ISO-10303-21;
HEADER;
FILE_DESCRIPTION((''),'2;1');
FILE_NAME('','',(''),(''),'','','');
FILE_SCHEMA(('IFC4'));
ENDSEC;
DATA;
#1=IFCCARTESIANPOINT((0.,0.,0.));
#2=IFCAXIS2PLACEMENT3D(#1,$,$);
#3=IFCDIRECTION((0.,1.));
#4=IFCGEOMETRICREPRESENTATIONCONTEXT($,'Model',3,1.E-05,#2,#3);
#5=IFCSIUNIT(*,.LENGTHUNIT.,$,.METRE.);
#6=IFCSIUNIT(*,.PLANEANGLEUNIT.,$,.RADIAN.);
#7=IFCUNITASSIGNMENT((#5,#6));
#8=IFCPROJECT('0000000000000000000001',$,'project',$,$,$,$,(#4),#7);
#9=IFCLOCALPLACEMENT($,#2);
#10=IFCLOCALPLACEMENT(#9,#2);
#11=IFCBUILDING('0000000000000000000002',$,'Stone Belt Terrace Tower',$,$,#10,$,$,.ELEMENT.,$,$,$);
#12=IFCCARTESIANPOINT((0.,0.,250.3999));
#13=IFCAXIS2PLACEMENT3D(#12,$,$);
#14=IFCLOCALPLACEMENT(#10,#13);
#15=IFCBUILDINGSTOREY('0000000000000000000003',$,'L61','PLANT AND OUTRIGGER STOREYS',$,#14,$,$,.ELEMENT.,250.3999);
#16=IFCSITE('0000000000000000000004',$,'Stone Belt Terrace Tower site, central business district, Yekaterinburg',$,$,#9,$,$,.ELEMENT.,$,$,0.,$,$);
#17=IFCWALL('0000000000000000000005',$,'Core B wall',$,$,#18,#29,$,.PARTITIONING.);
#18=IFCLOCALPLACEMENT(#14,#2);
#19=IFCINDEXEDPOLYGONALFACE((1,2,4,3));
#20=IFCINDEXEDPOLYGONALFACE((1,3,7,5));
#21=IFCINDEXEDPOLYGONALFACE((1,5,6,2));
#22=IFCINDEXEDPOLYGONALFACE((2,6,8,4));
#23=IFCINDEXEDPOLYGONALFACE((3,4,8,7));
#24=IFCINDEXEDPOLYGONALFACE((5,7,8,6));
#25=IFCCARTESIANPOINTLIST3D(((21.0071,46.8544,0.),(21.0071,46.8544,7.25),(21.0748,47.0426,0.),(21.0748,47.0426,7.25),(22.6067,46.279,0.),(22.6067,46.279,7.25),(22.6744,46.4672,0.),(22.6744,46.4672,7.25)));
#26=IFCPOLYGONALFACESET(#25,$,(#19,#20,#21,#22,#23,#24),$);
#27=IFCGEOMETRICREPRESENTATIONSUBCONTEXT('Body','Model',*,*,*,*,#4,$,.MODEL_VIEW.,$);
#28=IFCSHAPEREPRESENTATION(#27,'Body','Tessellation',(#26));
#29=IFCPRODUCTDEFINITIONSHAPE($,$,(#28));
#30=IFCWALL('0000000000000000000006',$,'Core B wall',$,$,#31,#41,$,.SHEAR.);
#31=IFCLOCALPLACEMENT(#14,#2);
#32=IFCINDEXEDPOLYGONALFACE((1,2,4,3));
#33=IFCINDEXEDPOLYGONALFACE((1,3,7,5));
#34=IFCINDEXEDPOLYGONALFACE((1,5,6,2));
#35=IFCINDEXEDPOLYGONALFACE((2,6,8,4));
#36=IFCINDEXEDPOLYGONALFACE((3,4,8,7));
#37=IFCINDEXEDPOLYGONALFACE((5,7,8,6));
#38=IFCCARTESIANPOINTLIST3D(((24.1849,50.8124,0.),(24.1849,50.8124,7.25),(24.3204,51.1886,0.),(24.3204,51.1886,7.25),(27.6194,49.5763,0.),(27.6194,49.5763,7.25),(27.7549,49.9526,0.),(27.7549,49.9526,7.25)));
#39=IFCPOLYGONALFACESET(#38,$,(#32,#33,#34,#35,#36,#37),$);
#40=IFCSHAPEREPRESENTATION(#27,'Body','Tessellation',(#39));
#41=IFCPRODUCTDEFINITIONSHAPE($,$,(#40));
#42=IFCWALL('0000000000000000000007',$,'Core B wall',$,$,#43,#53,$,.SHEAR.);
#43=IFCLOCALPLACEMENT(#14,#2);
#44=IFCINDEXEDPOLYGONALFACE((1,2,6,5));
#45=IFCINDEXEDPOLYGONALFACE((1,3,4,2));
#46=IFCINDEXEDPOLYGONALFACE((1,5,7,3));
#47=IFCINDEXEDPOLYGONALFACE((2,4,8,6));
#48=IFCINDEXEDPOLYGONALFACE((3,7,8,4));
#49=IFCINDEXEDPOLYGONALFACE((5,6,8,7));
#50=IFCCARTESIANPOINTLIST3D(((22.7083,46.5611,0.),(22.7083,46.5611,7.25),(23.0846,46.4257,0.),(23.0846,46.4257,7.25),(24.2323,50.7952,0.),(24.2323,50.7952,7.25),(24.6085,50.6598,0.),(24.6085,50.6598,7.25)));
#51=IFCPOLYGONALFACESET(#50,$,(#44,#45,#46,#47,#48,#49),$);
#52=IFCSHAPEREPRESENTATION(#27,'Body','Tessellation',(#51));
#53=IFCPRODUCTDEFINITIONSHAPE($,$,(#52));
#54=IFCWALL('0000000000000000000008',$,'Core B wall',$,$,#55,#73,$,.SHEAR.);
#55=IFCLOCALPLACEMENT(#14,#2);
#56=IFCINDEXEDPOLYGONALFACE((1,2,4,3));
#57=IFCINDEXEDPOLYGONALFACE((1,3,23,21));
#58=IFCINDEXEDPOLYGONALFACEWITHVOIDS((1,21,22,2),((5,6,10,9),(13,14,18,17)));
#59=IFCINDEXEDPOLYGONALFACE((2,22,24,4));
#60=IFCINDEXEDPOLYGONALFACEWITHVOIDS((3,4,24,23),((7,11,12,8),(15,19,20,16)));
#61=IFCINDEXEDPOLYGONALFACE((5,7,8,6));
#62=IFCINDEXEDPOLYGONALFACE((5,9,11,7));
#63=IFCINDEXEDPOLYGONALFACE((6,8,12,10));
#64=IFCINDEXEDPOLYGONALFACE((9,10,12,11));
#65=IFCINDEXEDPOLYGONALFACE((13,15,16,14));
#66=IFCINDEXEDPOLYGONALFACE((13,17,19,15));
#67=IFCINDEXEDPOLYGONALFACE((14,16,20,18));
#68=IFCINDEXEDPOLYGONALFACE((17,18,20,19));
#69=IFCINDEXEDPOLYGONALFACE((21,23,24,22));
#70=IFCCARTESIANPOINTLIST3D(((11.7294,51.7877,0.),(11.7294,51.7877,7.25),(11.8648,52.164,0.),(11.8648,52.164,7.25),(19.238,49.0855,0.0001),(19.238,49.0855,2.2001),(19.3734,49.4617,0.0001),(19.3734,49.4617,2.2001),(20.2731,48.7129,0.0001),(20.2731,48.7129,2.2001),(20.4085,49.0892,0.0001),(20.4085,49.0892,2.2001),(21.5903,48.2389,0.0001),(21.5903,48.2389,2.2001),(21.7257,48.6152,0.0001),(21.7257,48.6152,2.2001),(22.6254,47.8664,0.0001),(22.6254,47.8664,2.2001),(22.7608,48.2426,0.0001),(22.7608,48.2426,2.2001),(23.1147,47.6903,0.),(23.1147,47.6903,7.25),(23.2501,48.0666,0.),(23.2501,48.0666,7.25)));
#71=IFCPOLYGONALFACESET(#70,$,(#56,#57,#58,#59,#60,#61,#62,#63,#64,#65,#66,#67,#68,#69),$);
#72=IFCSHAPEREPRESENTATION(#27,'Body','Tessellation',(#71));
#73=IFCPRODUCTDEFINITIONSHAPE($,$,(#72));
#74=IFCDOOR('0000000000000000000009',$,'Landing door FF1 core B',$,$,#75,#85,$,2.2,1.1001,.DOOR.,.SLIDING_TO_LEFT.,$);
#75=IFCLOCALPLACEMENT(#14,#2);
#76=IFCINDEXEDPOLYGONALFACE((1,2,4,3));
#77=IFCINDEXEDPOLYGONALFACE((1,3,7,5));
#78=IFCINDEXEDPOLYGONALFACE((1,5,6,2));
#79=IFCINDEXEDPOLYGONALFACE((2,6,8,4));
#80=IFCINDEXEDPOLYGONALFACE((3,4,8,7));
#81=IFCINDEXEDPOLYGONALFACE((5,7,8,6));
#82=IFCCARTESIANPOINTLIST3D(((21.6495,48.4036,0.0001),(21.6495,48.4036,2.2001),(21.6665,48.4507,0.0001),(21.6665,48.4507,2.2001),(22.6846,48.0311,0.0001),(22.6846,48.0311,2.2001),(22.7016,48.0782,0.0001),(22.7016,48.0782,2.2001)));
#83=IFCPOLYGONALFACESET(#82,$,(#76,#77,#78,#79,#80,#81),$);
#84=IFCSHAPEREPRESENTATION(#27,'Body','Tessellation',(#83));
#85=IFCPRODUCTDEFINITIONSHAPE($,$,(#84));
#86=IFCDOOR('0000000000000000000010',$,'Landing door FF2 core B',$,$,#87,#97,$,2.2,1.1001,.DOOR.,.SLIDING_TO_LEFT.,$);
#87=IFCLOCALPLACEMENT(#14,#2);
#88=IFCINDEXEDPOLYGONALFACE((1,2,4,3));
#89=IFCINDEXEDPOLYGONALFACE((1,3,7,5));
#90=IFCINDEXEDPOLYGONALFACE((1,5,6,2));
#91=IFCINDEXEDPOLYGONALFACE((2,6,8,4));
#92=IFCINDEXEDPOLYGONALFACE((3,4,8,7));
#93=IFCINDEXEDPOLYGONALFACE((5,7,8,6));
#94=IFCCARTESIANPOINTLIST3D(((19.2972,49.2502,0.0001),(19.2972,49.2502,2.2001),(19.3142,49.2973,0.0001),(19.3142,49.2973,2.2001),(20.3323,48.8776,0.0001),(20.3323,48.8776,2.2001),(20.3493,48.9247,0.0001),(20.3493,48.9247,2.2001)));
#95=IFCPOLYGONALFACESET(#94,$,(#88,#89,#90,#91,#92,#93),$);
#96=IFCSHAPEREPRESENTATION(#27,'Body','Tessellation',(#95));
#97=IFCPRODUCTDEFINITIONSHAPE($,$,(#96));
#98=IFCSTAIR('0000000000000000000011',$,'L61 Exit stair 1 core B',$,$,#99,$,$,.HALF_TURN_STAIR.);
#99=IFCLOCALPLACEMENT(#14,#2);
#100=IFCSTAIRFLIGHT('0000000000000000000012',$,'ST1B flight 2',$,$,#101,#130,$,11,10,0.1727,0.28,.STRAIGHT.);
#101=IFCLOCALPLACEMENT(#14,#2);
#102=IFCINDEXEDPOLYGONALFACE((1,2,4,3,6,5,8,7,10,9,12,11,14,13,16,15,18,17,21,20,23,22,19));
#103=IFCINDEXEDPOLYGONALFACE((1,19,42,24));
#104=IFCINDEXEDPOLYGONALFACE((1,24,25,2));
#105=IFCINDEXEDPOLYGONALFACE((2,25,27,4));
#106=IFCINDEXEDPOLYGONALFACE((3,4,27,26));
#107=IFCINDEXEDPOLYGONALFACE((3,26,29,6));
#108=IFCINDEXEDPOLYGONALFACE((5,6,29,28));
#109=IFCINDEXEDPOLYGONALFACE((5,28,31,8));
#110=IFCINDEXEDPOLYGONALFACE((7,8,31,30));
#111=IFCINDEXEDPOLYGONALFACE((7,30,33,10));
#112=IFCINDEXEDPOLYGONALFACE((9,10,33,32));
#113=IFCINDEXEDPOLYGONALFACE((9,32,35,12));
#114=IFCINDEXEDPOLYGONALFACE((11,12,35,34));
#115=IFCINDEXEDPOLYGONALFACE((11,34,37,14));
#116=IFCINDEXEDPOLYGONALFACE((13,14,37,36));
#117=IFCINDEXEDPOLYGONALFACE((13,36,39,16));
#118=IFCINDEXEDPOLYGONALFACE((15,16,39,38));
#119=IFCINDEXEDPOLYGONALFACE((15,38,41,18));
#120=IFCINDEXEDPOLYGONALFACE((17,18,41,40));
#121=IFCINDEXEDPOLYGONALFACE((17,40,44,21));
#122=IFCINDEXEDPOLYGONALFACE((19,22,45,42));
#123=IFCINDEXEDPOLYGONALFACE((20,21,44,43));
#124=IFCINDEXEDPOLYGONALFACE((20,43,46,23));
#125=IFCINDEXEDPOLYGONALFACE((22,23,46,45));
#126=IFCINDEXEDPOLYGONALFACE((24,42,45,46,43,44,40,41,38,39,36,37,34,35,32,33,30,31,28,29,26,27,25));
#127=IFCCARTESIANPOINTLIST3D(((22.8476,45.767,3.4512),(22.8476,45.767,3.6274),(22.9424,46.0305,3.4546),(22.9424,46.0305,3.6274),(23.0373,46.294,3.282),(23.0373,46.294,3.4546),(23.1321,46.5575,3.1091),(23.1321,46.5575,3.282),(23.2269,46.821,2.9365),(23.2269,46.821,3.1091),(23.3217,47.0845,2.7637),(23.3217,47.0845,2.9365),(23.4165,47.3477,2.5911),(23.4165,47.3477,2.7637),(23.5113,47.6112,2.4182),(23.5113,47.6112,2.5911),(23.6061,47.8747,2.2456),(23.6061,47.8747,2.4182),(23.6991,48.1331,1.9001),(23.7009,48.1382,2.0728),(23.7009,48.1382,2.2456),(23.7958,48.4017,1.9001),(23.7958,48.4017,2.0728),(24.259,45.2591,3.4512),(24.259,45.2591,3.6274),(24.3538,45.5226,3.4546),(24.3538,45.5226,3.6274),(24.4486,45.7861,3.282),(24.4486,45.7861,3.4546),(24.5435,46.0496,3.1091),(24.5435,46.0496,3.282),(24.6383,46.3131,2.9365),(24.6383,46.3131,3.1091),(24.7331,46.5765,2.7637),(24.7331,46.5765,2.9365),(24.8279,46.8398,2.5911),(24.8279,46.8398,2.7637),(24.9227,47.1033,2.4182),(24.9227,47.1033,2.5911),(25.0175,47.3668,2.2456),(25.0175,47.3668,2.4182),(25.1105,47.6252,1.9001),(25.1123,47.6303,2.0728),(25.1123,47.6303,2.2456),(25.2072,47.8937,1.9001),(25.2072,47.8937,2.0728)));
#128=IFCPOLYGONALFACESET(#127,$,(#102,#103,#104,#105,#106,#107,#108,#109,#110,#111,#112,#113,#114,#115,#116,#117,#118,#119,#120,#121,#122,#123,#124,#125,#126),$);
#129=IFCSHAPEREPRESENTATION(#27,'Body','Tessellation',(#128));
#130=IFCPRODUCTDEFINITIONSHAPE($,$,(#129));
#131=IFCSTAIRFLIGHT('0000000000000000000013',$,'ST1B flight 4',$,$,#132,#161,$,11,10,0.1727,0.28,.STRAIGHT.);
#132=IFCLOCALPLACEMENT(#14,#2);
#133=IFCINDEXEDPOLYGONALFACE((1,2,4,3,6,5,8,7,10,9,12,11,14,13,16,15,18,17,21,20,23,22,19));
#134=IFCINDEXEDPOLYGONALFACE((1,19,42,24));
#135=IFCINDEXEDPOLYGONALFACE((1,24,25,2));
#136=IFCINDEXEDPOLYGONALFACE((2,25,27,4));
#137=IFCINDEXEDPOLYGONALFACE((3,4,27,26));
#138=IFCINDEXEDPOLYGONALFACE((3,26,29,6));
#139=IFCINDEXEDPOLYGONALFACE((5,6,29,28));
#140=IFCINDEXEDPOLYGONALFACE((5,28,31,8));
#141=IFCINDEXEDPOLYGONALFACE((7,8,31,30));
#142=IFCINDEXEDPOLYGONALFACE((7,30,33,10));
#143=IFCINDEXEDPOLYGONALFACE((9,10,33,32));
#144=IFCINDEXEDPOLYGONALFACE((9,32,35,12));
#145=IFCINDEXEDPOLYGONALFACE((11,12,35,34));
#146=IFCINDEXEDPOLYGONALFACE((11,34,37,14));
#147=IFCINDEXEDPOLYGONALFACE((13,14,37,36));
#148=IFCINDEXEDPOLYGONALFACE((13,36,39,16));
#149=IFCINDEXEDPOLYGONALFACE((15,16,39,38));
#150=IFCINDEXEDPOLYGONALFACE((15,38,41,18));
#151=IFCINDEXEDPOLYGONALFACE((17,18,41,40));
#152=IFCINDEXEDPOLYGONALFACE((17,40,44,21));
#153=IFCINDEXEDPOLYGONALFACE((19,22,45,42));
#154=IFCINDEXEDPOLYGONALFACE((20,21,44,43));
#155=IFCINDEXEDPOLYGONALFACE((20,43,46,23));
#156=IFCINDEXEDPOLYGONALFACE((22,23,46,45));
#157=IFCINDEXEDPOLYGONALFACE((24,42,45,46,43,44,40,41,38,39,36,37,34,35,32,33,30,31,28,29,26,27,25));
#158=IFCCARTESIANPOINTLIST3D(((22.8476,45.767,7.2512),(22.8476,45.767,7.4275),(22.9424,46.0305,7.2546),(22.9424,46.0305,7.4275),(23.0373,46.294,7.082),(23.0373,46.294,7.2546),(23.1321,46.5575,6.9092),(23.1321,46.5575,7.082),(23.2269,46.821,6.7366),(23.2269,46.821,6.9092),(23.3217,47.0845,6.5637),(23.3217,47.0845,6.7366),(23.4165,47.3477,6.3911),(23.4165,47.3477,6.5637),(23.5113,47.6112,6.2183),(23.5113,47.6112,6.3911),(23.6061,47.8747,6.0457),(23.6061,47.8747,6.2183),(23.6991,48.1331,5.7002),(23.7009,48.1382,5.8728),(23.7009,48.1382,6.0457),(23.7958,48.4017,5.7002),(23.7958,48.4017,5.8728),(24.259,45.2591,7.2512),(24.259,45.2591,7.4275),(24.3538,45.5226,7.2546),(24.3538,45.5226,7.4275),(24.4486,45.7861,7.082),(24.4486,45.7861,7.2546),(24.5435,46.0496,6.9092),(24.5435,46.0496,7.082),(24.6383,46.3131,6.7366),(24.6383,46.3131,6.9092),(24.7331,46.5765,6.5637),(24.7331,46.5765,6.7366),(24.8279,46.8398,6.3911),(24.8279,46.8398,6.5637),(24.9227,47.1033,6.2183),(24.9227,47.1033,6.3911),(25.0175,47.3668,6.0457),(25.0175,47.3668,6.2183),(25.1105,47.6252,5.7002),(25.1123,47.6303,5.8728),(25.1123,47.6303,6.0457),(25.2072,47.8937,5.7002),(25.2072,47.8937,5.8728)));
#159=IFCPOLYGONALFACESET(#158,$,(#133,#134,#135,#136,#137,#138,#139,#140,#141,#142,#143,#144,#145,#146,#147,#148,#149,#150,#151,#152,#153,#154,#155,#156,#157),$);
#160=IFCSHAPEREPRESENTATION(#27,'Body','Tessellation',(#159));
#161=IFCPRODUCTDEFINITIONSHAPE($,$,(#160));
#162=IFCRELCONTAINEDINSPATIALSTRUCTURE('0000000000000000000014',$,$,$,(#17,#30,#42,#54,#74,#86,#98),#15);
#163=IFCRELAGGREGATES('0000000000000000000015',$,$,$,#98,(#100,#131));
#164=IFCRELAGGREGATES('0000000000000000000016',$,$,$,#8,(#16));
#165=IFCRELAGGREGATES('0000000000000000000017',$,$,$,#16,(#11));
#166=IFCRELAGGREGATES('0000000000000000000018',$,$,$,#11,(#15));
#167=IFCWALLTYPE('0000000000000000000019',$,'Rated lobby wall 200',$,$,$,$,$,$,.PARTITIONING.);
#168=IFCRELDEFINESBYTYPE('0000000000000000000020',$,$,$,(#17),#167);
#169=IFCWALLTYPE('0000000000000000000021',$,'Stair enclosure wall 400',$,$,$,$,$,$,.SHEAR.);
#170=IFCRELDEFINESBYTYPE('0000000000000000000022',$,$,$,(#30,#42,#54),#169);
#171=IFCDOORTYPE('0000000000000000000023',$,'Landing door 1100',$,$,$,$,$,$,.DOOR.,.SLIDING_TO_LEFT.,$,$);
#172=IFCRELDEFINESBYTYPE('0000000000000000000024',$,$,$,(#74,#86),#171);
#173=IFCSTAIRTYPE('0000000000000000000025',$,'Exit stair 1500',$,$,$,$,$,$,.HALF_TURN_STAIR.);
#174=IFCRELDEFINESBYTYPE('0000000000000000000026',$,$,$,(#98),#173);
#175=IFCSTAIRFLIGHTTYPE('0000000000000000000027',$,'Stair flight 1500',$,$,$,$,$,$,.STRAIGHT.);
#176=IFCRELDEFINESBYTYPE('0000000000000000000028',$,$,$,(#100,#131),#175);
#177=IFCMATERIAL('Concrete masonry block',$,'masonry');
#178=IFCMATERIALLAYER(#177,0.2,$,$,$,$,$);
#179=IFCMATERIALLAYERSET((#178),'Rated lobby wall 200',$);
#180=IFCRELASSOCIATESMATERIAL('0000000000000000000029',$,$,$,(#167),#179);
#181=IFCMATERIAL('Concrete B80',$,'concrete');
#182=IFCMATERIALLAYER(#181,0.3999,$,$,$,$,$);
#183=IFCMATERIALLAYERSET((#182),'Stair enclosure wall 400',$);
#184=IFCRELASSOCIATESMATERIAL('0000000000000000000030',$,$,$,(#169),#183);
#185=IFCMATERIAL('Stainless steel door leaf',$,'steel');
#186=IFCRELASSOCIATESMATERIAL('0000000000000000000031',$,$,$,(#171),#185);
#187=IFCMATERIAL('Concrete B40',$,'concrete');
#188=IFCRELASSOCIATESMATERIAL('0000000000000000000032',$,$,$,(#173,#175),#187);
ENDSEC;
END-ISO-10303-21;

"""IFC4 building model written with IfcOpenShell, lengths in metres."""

from ifc_helpers import new_model, si_unit, direction, frame, frame_2d, origin, place, context, subcontext, project, spatial, polyline, rectangle, outline, extrude, material, layer, layer_set, type_object, element, fill, aggregate, save


model = new_model("IFC4")

# Units and contexts
model_context = context("Model", 3, precision=1e-05, world=origin(), true_north=direction((0.0, 1.0)))
body_context = subcontext(model_context, "Body", "Model", "MODEL_VIEW")
ifc_project = project(units=[si_unit("LENGTHUNIT", "METRE"), si_unit("PLANEANGLEUNIT", "RADIAN")], contexts=[model_context])

# Site, building, storey
site_placement = place(None, origin())
site = spatial("IfcSite", under=ifc_project, at=site_placement, Name="Stone Belt Terrace Tower site, central business district, Yekaterinburg", CompositionType="ELEMENT", RefElevation=0.0)
building_placement = place(site_placement, origin())
building = spatial("IfcBuilding", under=site, at=building_placement, Name="Stone Belt Terrace Tower", CompositionType="ELEMENT")
storey_placement = place(building_placement, frame((0.0, 0.0, 250.3999)))
storey = spatial("IfcBuildingStorey", under=building, at=storey_placement, Name="L61", Description="PLANT AND OUTRIGGER STOREYS", CompositionType="ELEMENT", Elevation=250.3999)

# Shared definitions
ifc_material_1 = material(Name="Concrete B80", Category="concrete")

# Shared definitions
ifc_material_2 = material(Name="Stainless steel door leaf", Category="steel")

# Walls
ifc_material_3 = material(Name="Concrete masonry block", Category="masonry")
ifc_layer_1 = layer(ifc_material_3, 0.2)
ifc_layer_set_1 = layer_set([ifc_layer_1], Name="Rated lobby wall 200")
wall_type_1 = type_object("IfcWallType", Name="Rated lobby wall 200", PredefinedType="PARTITIONING", material=ifc_layer_set_1)
wall_1_placement = place(storey_placement, frame((22.6406, 46.373, 0.0), z_axis=(0.0, 0.0, 1.0), x_axis=(-0.940966, 0.338501, 0.0)))
element("IfcWall", 1, at=wall_1_placement, inside=storey, type_object=wall_type_1, Name="Core B wall", PredefinedType="PARTITIONING", context=body_context, shape_type="SweptSolid", body=[
    extrude(rectangle(XDim=1.7, YDim=0.2, at=frame_2d((0.8501, 0.0))), origin(), (0.0, 0.0, 1.0), 7.25),
])
ifc_layer_2 = layer(ifc_material_1, 0.3999)
ifc_layer_set_2 = layer_set([ifc_layer_2], Name="Stair enclosure wall 400")
wall_type_2 = type_object("IfcWallType", Name="Stair enclosure wall 400", PredefinedType="SHEAR", material=ifc_layer_set_2)
wall_2_placement = place(storey_placement, frame((27.6873, 49.7644, 0.0), z_axis=(0.0, 0.0, 1.0), x_axis=(-0.940919, 0.338632, 0.0)))
element("IfcWall", 2, at=wall_2_placement, inside=storey, type_object=wall_type_2, Name="Core B wall", PredefinedType="SHEAR", context=body_context, shape_type="SweptSolid", body=[
    extrude(rectangle(XDim=3.6501, YDim=0.3999, at=frame_2d((1.8252, 0.0))), origin(), (0.0, 0.0, 1.0), 7.25),
])
wall_3_placement = place(storey_placement, frame((22.8965, 46.4934, 0.0), z_axis=(0.0, 0.0, 1.0), x_axis=(0.338648, 0.940913, 0.0)))
element("IfcWall", 3, at=wall_3_placement, inside=storey, type_object=wall_type_2, Name="Core B wall", PredefinedType="SHEAR", context=body_context, shape_type="SweptSolid", body=[
    extrude(rectangle(XDim=4.5, YDim=0.3999, at=frame_2d((2.25, 0.0))), origin(), (0.0, 0.0, 1.0), 7.25),
])

# Wall, openings, doors
wall_4_placement = place(storey_placement, frame((23.1824, 47.8784, 0.0), z_axis=(0.0, 0.0, 1.0), x_axis=(-0.940921, 0.338626, 0.0)))
wall_4 = element("IfcWall", 4, at=wall_4_placement, inside=storey, type_object=wall_type_2, Name="Core B wall", PredefinedType="SHEAR", context=body_context, shape_type="SweptSolid", body=[
    extrude(rectangle(XDim=12.1001, YDim=0.3999, at=frame_2d((6.05, 0.0))), origin(), (0.0, 0.0, 1.0), 7.25),
])
opening_1_placement = place(wall_4_placement, frame((0.52, 0.0, 0.0)))
opening_1 = element("IfcOpeningElement", 5, at=opening_1_placement, cuts=wall_4, PredefinedType="OPENING", context=body_context, shape_type="SweptSolid", body=[
    extrude(rectangle(XDim=1.1001, YDim=2.2, at=frame_2d((0.55, 1.1001))), frame((0.0, 0.21, 0.0), z_axis=(0.0, -1.0, 0.0), x_axis=(1.0, 0.0, 0.0)), (0.0, 0.0, 1.0), 0.4199),
])
opening_2_placement = place(wall_4_placement, frame((3.02, 0.0, 0.0)))
opening_2 = element("IfcOpeningElement", 6, at=opening_2_placement, cuts=wall_4, PredefinedType="OPENING", context=body_context, shape_type="SweptSolid", body=[
    extrude(rectangle(XDim=1.1001, YDim=2.2, at=frame_2d((0.55, 1.1001))), frame((0.0, 0.21, 0.0), z_axis=(0.0, -1.0, 0.0), x_axis=(1.0, 0.0, 0.0)), (0.0, 0.0, 1.0), 0.4199),
])
door_type_1 = type_object("IfcDoorType", Name="Landing door 1100", OperationType="SLIDING_TO_LEFT", PredefinedType="DOOR", material=ifc_material_2)
door_1_placement = place(opening_1_placement, origin())
door_1 = element("IfcDoor", 7, at=door_1_placement, inside=storey, type_object=door_type_1, Name="Landing door FF1 core B", OperationType="SLIDING_TO_LEFT", OverallHeight=2.2, OverallWidth=1.1001, PredefinedType="DOOR", context=body_context, shape_type="SweptSolid", body=[
    extrude(rectangle(XDim=1.1001, YDim=2.2, at=frame_2d((0.55, 1.1001))), frame((0.0, 0.0249, 0.0), z_axis=(0.0, -1.0, 0.0), x_axis=(1.0, 0.0, 0.0)), (0.0, 0.0, 1.0), 0.05),
])
fill(opening_1, door_1)
door_2_placement = place(opening_2_placement, origin())
door_2 = element("IfcDoor", 8, at=door_2_placement, inside=storey, type_object=door_type_1, Name="Landing door FF2 core B", OperationType="SLIDING_TO_LEFT", OverallHeight=2.2, OverallWidth=1.1001, PredefinedType="DOOR", context=body_context, shape_type="SweptSolid", body=[
    extrude(rectangle(XDim=1.1001, YDim=2.2, at=frame_2d((0.55, 1.1001))), frame((0.0, 0.0249, 0.0), z_axis=(0.0, -1.0, 0.0), x_axis=(1.0, 0.0, 0.0)), (0.0, 0.0, 1.0), 0.05),
])
fill(opening_2, door_2)

# Stair, stair flights
ifc_material_4 = material(Name="Concrete B40", Category="concrete")
stair_type = type_object("IfcStairType", Name="Exit stair 1500", PredefinedType="HALF_TURN_STAIR", material=ifc_material_4)
stair_placement = place(storey_placement, origin())
stair = element("IfcStair", 9, at=stair_placement, inside=storey, type_object=stair_type, Name="L61 Exit stair 1 core B", PredefinedType="HALF_TURN_STAIR")
stair_flight_type = type_object("IfcStairFlightType", Name="Stair flight 1500", PredefinedType="STRAIGHT", material=ifc_material_4)
stair_flight_1_placement = place(storey_placement, frame((24.5015, 48.1477, 1.9001), z_axis=(0.0, 0.0, 1.0), x_axis=(-0.338624, -0.940922, 0.0)))
stair_flight_1 = element("IfcStairFlight", 10, at=stair_flight_1_placement, type_object=stair_flight_type, Name="ST1B flight 2", NumberOfRisers=11, NumberOfTreads=10, PredefinedType="STRAIGHT", RiserHeight=0.1727, TreadLength=0.28, context=body_context, shape_type="SweptSolid", body=[
    extrude(outline(polyline([(0.0, 0.0), (0.0, 0.1726), (0.28, 0.1726), (0.28, 0.3455), (0.5601, 0.3455), (0.5601, 0.5181), (0.8401, 0.5181), (0.8401, 0.6909), (1.1201, 0.6909), (1.1201, 0.8635), (1.3999, 0.8635), (1.3999, 1.0364), (1.6799, 1.0364), (1.6799, 1.209), (1.96, 1.209), (1.96, 1.3818), (2.24, 1.3818), (2.24, 1.5544), (2.52, 1.5544), (2.52, 1.7273), (2.8, 1.7273), (2.8, 1.8999), (2.8, 1.551), (0.2854, 0.0), (0.0, 0.0)])), frame((0.0, 0.75, 0.0), z_axis=(0.0, -1.0, 0.0), x_axis=(1.0, 0.0, 0.0)), (0.0, 0.0, 1.0), 1.5),
])
stair_flight_2_placement = place(storey_placement, frame((24.5015, 48.1477, 5.7002), z_axis=(0.0, 0.0, 1.0), x_axis=(-0.338624, -0.940922, 0.0)))
stair_flight_2 = element("IfcStairFlight", 11, at=stair_flight_2_placement, type_object=stair_flight_type, Name="ST1B flight 4", NumberOfRisers=11, NumberOfTreads=10, PredefinedType="STRAIGHT", RiserHeight=0.1727, TreadLength=0.28, context=body_context, shape_type="SweptSolid", body=[
    extrude(outline(polyline([(0.0, 0.0), (0.0, 0.1726), (0.28, 0.1726), (0.28, 0.3455), (0.5601, 0.3455), (0.5601, 0.5181), (0.8401, 0.5181), (0.8401, 0.6909), (1.1201, 0.6909), (1.1201, 0.8635), (1.3999, 0.8635), (1.3999, 1.0364), (1.6799, 1.0364), (1.6799, 1.209), (1.96, 1.209), (1.96, 1.3818), (2.24, 1.3818), (2.24, 1.5544), (2.52, 1.5544), (2.52, 1.7273), (2.8, 1.7273), (2.8, 1.8999), (2.8, 1.551), (0.2854, 0.0), (0.0, 0.0)])), frame((0.0, 0.75, 0.0), z_axis=(0.0, -1.0, 0.0), x_axis=(1.0, 0.0, 0.0)), (0.0, 0.0, 1.0), 1.5),
])
aggregate(stair, [stair_flight_1, stair_flight_2])

save(model, "model.ifc")
